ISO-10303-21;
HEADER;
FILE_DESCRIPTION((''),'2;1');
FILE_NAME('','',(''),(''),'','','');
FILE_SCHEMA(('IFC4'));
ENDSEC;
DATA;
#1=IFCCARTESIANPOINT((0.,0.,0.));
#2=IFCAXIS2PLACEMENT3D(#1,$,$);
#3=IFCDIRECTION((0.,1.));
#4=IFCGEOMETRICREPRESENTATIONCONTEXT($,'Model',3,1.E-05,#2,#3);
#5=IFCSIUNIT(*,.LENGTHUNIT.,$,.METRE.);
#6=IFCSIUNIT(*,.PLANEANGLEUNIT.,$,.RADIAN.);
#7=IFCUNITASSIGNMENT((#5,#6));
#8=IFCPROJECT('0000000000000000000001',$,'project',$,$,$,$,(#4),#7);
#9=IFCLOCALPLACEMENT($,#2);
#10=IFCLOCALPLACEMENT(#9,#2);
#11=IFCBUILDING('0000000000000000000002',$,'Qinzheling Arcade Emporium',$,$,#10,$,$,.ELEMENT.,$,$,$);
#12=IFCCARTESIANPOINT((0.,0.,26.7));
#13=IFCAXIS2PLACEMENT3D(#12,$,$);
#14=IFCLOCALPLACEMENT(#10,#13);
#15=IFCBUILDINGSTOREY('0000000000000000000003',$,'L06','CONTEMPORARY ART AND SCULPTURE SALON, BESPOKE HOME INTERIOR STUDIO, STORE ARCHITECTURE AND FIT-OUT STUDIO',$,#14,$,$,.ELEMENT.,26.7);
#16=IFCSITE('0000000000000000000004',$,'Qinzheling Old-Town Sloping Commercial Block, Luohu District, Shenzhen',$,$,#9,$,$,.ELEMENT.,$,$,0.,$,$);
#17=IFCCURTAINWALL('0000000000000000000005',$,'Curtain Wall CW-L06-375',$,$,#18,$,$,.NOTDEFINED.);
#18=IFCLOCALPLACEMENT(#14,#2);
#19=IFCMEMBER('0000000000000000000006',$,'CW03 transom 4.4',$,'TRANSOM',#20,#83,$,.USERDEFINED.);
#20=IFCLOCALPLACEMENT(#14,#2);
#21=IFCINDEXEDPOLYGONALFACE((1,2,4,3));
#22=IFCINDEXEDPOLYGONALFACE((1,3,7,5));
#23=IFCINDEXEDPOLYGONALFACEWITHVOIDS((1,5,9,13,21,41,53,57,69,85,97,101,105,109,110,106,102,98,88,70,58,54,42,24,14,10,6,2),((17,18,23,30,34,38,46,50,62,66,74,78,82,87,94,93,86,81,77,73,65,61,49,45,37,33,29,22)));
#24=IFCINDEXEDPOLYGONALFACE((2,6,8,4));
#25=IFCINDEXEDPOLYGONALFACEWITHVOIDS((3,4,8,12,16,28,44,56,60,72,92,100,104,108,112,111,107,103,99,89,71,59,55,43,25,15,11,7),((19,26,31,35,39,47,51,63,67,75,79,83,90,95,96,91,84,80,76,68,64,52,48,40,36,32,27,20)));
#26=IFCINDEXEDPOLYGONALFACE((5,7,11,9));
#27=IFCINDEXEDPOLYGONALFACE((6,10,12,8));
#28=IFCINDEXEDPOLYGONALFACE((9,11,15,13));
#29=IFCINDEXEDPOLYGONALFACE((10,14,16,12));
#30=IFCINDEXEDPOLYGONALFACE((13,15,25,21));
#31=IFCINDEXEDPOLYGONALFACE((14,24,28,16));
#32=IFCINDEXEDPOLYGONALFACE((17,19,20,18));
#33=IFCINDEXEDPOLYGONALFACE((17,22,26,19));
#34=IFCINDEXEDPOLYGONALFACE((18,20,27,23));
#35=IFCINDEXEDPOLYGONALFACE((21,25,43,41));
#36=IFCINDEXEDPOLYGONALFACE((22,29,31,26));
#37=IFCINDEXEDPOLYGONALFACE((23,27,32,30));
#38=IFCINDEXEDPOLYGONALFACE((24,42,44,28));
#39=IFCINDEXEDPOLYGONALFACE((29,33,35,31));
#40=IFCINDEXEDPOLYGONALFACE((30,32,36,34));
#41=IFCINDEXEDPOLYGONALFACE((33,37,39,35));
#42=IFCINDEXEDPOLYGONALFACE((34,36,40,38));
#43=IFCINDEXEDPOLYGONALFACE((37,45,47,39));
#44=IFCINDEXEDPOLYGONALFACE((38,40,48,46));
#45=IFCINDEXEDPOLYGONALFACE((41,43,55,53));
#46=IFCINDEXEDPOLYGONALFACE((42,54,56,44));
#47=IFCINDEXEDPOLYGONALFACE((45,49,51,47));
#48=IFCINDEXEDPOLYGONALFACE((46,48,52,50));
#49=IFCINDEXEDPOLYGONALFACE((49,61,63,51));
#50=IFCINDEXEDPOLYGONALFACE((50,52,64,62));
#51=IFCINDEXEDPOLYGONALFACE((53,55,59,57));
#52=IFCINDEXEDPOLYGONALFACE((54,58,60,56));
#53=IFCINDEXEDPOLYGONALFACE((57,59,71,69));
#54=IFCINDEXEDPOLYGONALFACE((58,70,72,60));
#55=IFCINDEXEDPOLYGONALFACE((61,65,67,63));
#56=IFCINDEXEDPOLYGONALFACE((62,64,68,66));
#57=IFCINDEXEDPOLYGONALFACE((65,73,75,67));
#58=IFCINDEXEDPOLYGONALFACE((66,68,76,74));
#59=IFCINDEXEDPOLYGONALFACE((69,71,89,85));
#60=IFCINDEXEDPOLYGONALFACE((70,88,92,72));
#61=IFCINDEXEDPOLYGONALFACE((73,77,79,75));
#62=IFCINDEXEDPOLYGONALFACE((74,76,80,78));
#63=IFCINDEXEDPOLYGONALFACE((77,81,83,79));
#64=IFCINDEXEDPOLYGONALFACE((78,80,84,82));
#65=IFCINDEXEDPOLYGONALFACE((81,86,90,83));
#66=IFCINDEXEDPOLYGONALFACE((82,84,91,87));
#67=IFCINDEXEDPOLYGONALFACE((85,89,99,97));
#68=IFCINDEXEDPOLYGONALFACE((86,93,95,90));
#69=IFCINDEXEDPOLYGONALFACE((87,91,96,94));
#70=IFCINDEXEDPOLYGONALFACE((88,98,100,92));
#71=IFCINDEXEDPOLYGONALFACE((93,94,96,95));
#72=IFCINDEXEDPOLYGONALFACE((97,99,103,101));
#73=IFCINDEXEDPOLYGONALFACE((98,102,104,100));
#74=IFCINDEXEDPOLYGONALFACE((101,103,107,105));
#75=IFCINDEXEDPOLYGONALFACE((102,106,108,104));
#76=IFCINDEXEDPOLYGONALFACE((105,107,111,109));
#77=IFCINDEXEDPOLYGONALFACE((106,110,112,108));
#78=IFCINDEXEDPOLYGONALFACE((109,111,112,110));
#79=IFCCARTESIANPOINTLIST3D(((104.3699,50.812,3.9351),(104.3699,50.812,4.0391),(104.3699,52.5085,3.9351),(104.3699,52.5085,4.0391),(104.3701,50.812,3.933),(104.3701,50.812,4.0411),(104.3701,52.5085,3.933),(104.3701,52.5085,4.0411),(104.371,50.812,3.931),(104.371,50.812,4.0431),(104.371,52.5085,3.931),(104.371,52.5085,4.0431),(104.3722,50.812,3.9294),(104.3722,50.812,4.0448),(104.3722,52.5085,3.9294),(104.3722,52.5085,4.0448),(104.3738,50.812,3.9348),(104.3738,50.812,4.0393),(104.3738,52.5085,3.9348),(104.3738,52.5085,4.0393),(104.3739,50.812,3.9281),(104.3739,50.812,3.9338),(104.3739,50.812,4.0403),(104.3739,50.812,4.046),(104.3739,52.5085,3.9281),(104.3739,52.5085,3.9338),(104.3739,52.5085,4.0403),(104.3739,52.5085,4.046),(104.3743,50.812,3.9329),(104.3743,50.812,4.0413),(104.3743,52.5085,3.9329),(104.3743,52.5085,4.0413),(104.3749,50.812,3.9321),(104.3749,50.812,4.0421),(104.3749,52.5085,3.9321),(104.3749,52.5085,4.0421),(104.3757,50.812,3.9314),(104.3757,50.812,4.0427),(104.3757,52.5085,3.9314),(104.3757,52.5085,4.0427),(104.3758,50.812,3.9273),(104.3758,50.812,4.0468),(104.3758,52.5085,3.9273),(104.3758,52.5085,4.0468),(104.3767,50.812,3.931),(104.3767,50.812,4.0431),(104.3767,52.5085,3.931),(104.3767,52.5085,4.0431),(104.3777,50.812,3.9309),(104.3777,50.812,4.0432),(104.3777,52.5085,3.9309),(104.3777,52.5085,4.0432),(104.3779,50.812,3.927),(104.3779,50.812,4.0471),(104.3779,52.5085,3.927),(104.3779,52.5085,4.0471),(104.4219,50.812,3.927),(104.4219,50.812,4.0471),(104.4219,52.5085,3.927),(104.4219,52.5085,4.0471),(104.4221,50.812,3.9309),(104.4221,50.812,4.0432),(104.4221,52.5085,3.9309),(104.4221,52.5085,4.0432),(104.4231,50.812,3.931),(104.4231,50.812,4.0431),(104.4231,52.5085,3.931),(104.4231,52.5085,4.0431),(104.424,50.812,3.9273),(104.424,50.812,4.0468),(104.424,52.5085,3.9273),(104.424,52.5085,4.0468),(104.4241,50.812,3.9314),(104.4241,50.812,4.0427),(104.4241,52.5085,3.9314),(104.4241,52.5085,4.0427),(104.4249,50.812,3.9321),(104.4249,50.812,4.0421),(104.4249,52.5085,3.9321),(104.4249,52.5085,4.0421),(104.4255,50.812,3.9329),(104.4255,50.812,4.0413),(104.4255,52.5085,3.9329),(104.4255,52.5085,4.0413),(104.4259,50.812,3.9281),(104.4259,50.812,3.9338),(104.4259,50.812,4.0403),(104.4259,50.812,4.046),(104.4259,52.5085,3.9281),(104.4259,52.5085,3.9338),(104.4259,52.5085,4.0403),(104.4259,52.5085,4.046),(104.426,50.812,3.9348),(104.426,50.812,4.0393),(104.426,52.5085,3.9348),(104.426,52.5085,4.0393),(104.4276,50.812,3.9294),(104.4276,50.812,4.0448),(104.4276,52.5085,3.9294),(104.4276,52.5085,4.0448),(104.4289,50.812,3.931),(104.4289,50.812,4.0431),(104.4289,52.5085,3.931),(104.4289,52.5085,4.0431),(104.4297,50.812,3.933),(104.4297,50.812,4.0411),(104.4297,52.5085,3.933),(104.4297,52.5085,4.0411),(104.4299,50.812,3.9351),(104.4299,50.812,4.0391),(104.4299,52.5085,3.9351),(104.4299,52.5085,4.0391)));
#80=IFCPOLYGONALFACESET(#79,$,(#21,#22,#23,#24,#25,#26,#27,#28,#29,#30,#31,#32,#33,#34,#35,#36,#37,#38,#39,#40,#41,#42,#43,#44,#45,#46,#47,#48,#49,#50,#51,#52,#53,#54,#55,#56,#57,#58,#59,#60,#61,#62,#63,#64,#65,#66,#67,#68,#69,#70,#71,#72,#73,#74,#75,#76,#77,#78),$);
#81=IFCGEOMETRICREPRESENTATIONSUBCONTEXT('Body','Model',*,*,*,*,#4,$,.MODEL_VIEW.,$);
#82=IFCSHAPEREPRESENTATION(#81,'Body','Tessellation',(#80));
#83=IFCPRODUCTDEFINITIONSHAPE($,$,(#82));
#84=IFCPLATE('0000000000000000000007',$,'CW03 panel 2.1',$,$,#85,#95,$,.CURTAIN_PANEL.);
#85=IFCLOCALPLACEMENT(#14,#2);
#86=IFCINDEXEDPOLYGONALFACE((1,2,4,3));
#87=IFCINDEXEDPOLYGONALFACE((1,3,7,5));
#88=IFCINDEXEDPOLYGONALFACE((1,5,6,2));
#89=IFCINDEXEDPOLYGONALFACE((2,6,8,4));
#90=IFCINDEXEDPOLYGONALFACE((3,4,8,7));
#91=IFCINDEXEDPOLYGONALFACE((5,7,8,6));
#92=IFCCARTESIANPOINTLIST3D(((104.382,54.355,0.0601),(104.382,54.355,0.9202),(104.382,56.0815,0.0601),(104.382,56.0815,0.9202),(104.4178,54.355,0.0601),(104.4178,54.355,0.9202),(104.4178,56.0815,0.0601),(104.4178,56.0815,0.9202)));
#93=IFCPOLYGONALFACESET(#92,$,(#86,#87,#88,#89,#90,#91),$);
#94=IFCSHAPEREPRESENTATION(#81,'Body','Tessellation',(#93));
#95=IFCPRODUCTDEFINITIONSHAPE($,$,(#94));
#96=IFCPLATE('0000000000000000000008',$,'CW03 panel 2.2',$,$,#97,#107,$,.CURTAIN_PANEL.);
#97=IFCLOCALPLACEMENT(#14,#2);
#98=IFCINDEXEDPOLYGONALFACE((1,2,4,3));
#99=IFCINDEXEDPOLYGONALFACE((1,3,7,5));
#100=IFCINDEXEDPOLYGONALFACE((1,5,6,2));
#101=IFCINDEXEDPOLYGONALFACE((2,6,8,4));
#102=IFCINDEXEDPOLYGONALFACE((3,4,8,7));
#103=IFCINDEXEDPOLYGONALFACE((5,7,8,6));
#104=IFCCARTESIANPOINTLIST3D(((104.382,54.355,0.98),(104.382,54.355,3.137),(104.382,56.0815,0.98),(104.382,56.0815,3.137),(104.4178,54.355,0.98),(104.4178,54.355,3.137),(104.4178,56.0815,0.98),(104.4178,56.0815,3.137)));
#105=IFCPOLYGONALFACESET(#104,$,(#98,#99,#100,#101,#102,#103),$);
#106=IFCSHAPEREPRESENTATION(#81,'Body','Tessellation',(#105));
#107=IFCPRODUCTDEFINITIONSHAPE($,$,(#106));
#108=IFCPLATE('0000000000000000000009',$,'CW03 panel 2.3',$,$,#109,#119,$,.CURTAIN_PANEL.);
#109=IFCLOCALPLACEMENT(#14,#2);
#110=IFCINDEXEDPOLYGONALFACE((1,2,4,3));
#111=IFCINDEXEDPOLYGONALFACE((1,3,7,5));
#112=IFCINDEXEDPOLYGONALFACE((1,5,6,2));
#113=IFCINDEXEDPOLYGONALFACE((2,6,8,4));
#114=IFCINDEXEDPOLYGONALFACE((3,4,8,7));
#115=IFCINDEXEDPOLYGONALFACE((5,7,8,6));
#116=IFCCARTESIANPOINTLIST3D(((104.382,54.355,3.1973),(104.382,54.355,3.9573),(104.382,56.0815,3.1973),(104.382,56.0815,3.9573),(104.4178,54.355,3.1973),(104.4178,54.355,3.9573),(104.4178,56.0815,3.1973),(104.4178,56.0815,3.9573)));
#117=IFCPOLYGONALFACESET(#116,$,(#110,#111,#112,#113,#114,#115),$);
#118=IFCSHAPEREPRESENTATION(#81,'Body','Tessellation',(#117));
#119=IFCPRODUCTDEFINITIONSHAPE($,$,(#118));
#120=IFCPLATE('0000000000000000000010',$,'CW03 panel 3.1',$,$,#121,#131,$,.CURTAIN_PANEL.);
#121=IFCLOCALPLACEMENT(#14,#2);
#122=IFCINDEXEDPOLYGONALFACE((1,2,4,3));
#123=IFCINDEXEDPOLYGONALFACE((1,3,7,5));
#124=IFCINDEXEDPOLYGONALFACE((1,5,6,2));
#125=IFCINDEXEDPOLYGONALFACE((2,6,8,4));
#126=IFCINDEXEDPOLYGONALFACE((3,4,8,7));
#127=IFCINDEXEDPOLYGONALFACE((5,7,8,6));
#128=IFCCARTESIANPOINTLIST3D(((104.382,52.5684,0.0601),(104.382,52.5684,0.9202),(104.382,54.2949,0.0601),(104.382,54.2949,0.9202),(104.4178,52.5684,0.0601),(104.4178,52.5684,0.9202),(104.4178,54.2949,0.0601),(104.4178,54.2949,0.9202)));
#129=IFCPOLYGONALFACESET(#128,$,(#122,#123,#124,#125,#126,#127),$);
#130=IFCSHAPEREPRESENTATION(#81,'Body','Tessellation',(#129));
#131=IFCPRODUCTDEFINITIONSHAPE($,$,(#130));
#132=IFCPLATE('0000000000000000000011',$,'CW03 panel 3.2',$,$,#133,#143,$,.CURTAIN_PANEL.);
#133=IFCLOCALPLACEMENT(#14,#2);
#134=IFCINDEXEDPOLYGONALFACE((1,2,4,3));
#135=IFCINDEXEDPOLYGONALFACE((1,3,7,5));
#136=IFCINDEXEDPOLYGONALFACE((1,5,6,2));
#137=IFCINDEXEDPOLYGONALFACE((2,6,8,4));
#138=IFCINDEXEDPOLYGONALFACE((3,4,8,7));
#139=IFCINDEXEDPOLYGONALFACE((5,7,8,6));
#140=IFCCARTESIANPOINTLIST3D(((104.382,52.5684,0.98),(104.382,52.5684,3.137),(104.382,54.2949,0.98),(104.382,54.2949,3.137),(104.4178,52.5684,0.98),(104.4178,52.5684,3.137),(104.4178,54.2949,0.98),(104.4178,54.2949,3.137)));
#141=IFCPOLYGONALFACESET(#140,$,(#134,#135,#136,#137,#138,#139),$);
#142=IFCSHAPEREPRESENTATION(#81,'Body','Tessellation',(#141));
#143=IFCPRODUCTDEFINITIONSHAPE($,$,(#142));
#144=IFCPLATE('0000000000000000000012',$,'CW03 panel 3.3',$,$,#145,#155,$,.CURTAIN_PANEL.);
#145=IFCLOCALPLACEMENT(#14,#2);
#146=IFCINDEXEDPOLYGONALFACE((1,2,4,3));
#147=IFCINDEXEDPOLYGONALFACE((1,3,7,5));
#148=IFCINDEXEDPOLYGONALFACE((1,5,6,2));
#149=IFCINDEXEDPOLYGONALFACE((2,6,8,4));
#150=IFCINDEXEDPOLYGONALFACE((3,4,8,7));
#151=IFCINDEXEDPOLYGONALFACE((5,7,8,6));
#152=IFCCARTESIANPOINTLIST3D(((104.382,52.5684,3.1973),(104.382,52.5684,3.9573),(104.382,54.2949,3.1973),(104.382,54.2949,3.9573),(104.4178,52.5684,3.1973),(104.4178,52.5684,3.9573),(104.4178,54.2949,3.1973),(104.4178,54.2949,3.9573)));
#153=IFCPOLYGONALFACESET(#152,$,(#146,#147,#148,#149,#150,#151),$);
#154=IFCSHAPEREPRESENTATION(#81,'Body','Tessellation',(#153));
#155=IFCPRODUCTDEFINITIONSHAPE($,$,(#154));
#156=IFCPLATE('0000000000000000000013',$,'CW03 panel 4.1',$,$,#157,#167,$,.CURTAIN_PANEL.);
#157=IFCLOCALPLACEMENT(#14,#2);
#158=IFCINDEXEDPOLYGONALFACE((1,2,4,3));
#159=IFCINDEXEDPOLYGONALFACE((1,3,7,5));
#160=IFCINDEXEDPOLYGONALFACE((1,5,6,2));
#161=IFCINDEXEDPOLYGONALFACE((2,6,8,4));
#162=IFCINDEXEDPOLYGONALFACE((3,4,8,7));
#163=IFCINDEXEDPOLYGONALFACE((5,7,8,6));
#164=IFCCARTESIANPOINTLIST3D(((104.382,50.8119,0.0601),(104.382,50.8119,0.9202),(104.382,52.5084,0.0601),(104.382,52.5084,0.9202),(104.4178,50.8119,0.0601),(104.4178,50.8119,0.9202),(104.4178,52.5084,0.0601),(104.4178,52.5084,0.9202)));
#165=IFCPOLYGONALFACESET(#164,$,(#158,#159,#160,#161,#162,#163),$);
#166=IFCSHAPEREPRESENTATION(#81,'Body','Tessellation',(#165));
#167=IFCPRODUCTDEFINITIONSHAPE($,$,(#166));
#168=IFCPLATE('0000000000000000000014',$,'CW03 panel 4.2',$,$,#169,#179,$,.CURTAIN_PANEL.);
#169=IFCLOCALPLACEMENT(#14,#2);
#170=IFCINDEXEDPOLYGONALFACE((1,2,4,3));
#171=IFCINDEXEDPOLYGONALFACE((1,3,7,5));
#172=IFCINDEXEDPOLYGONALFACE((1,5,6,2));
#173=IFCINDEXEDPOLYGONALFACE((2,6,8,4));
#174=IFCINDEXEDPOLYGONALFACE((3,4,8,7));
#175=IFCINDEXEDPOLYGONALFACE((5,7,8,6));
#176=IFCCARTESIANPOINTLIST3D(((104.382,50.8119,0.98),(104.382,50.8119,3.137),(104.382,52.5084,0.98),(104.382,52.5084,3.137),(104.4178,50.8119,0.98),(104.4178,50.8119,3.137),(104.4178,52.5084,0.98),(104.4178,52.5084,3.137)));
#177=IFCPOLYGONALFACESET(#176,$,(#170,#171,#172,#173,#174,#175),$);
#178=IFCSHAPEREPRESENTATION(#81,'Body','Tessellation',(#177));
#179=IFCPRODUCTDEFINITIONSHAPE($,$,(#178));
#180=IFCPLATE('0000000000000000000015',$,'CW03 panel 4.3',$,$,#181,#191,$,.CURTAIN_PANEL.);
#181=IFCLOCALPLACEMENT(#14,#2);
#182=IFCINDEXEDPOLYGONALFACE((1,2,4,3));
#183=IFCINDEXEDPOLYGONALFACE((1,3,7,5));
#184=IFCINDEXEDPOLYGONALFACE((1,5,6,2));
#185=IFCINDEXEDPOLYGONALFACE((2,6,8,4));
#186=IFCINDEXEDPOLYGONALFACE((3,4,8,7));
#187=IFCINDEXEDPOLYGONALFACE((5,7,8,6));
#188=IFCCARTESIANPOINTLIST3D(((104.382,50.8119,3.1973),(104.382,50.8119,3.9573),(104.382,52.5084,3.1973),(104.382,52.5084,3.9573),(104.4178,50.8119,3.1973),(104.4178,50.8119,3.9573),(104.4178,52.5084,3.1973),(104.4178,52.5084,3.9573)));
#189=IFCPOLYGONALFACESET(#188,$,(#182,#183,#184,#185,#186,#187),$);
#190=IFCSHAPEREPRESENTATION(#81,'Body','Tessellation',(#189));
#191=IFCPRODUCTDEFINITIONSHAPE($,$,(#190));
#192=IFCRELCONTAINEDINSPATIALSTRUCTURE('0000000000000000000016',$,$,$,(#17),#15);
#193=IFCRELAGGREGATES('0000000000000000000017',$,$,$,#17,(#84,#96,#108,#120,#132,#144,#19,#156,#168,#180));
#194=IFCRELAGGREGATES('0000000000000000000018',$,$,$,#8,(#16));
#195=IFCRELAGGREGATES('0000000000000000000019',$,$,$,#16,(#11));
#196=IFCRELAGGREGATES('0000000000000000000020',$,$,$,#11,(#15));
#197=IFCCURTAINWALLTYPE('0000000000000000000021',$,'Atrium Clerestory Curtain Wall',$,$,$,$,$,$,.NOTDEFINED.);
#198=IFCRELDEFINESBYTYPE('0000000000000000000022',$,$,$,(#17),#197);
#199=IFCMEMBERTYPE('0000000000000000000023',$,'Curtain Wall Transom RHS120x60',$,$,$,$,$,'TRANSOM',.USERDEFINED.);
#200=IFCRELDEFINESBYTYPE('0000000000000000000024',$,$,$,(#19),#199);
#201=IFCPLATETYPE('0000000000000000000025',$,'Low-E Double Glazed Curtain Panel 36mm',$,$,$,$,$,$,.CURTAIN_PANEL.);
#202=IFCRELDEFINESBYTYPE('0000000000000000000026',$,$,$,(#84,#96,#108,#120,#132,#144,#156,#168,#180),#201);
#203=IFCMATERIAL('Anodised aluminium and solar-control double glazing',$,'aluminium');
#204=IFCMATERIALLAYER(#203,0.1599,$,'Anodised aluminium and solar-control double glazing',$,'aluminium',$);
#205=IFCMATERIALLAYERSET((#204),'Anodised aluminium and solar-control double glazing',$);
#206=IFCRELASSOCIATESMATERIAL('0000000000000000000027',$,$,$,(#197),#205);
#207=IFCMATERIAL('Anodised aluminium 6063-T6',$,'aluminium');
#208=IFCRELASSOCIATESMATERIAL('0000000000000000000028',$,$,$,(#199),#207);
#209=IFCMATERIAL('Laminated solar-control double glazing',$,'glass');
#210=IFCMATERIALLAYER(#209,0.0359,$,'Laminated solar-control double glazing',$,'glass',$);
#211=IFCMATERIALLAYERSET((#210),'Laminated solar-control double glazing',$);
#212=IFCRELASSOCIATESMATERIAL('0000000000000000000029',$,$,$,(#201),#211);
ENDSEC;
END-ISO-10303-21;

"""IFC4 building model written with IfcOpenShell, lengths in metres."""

from ifc_helpers import new_model, si_unit, direction, frame, origin, origin_2d, place, context, subcontext, project, spatial, rectangle, hollow_rectangle, extrude, material, layer, layer_set, material_profile, profile_set, type_object, element, aggregate, save


model = new_model("IFC4")

# Units and contexts
model_context = context("Model", 3, precision=1e-05, world=origin(), true_north=direction((0.0, 1.0)))
body_context = subcontext(model_context, "Body", "Model", "MODEL_VIEW")
ifc_project = project(units=[si_unit("LENGTHUNIT", "METRE"), si_unit("PLANEANGLEUNIT", "RADIAN")], contexts=[model_context])

# Site, building, storey
site_placement = place(None, origin())
site = spatial("IfcSite", under=ifc_project, at=site_placement, Name="Qinzheling Old-Town Sloping Commercial Block, Luohu District, Shenzhen", CompositionType="ELEMENT", RefElevation=0.0)
building_placement = place(site_placement, origin())
building = spatial("IfcBuilding", under=site, at=building_placement, Name="Qinzheling Arcade Emporium", CompositionType="ELEMENT")
storey_placement = place(building_placement, frame((0.0, 0.0, 26.7)))
storey = spatial("IfcBuildingStorey", under=building, at=storey_placement, Name="L06", Description="CONTEMPORARY ART AND SCULPTURE SALON, BESPOKE HOME INTERIOR STUDIO, STORE ARCHITECTURE AND FIT-OUT STUDIO", CompositionType="ELEMENT", Elevation=26.7)

# Curtain wall, member, plates
ifc_material_1 = material(Name="Anodised aluminium and solar-control double glazing", Category="aluminium")
ifc_layer_1 = layer(ifc_material_1, 0.1599, Name="Anodised aluminium and solar-control double glazing", Category="aluminium")
ifc_layer_set_1 = layer_set([ifc_layer_1], Name="Anodised aluminium and solar-control double glazing")
curtain_wall_type = type_object("IfcCurtainWallType", Name="Atrium Clerestory Curtain Wall", PredefinedType="NOTDEFINED", material=ifc_layer_set_1)
curtain_wall_placement = place(storey_placement, origin())
curtain_wall = element("IfcCurtainWall", 1, at=curtain_wall_placement, inside=storey, type_object=curtain_wall_type, Name="Curtain Wall CW-L06-375", PredefinedType="NOTDEFINED")
ifc_material_2 = material(Name="Anodised aluminium 6063-T6", Category="aluminium")
ifc_material_profile_1 = material_profile(ifc_material_2, hollow_rectangle(XDim=0.0601, YDim=0.1201, WallThickness=0.0039, InnerFilletRadius=0.0039, OuterFilletRadius=0.0081, at=origin_2d()), Name="RHS 120x60x4", Category="aluminium")
ifc_profile_set_1 = profile_set([ifc_material_profile_1], Name="Anodised aluminium 6063-T6")
member_type_1 = type_object("IfcMemberType", Name="Curtain Wall Transom RHS120x60", ElementType="TRANSOM", PredefinedType="USERDEFINED", material=ifc_profile_set_1)
member_1_placement = place(storey_placement, frame((104.3999, 52.5085, 3.9871), z_axis=(0.0, -1.0, 0.0), x_axis=(1.0, 0.0, 0.0)))
member_1 = element("IfcMember", 2, at=member_1_placement, type_object=member_type_1, Name="CW03 transom 4.4", ObjectType="TRANSOM", PredefinedType="USERDEFINED", context=body_context, shape_type="SweptSolid", body=[
    extrude(hollow_rectangle(XDim=0.0601, YDim=0.1201, WallThickness=0.0039, InnerFilletRadius=0.0039, OuterFilletRadius=0.0081, at=origin_2d()), origin(), (0.0, 0.0, 1.0), 1.6965),
])
ifc_material_3 = material(Name="Laminated solar-control double glazing", Category="glass")
ifc_layer_2 = layer(ifc_material_3, 0.0359, Name="Laminated solar-control double glazing", Category="glass")
ifc_layer_set_2 = layer_set([ifc_layer_2], Name="Laminated solar-control double glazing")
plate_type = type_object("IfcPlateType", Name="Low-E Double Glazed Curtain Panel 36mm", PredefinedType="CURTAIN_PANEL", material=ifc_layer_set_2)
plate_1_placement = place(storey_placement, frame((104.3999, 55.2183, 0.0601), z_axis=(0.0, 0.0, 1.0), x_axis=(0.0, -1.0, 0.0)))
plate_1 = element("IfcPlate", 3, at=plate_1_placement, type_object=plate_type, Name="CW03 panel 2.1", PredefinedType="CURTAIN_PANEL", context=body_context, shape_type="SweptSolid", body=[
    extrude(rectangle(XDim=1.7266, YDim=0.0359, at=origin_2d()), origin(), (0.0, 0.0, 1.0), 0.8601),
])
plate_2_placement = place(storey_placement, frame((104.3999, 55.2183, 0.98), z_axis=(0.0, 0.0, 1.0), x_axis=(0.0, -1.0, 0.0)))
plate_2 = element("IfcPlate", 4, at=plate_2_placement, type_object=plate_type, Name="CW03 panel 2.2", PredefinedType="CURTAIN_PANEL", context=body_context, shape_type="SweptSolid", body=[
    extrude(rectangle(XDim=1.7266, YDim=0.0359, at=origin_2d()), origin(), (0.0, 0.0, 1.0), 2.157),
])
plate_3_placement = place(storey_placement, frame((104.3999, 55.2183, 3.1973), z_axis=(0.0, 0.0, 1.0), x_axis=(0.0, -1.0, 0.0)))
plate_3 = element("IfcPlate", 5, at=plate_3_placement, type_object=plate_type, Name="CW03 panel 2.3", PredefinedType="CURTAIN_PANEL", context=body_context, shape_type="SweptSolid", body=[
    extrude(rectangle(XDim=1.7266, YDim=0.0359, at=origin_2d()), origin(), (0.0, 0.0, 1.0), 0.76),
])
plate_4_placement = place(storey_placement, frame((104.3999, 53.4316, 0.0601), z_axis=(0.0, 0.0, 1.0), x_axis=(0.0, -1.0, 0.0)))
plate_4 = element("IfcPlate", 6, at=plate_4_placement, type_object=plate_type, Name="CW03 panel 3.1", PredefinedType="CURTAIN_PANEL", context=body_context, shape_type="SweptSolid", body=[
    extrude(rectangle(XDim=1.7266, YDim=0.0359, at=origin_2d()), origin(), (0.0, 0.0, 1.0), 0.8601),
])
plate_5_placement = place(storey_placement, frame((104.3999, 53.4316, 0.98), z_axis=(0.0, 0.0, 1.0), x_axis=(0.0, -1.0, 0.0)))
plate_5 = element("IfcPlate", 7, at=plate_5_placement, type_object=plate_type, Name="CW03 panel 3.2", PredefinedType="CURTAIN_PANEL", context=body_context, shape_type="SweptSolid", body=[
    extrude(rectangle(XDim=1.7266, YDim=0.0359, at=origin_2d()), origin(), (0.0, 0.0, 1.0), 2.157),
])
plate_6_placement = place(storey_placement, frame((104.3999, 53.4316, 3.1973), z_axis=(0.0, 0.0, 1.0), x_axis=(0.0, -1.0, 0.0)))
plate_6 = element("IfcPlate", 8, at=plate_6_placement, type_object=plate_type, Name="CW03 panel 3.3", PredefinedType="CURTAIN_PANEL", context=body_context, shape_type="SweptSolid", body=[
    extrude(rectangle(XDim=1.7266, YDim=0.0359, at=origin_2d()), origin(), (0.0, 0.0, 1.0), 0.76),
])
plate_7_placement = place(storey_placement, frame((104.3999, 51.6602, 0.0601), z_axis=(0.0, 0.0, 1.0), x_axis=(0.0, -1.0, 0.0)))
plate_7 = element("IfcPlate", 9, at=plate_7_placement, type_object=plate_type, Name="CW03 panel 4.1", PredefinedType="CURTAIN_PANEL", context=body_context, shape_type="SweptSolid", body=[
    extrude(rectangle(XDim=1.6965, YDim=0.0359, at=origin_2d()), origin(), (0.0, 0.0, 1.0), 0.8601),
])
plate_8_placement = place(storey_placement, frame((104.3999, 51.6602, 0.98), z_axis=(0.0, 0.0, 1.0), x_axis=(0.0, -1.0, 0.0)))
plate_8 = element("IfcPlate", 10, at=plate_8_placement, type_object=plate_type, Name="CW03 panel 4.2", PredefinedType="CURTAIN_PANEL", context=body_context, shape_type="SweptSolid", body=[
    extrude(rectangle(XDim=1.6965, YDim=0.0359, at=origin_2d()), origin(), (0.0, 0.0, 1.0), 2.157),
])
plate_9_placement = place(storey_placement, frame((104.3999, 51.6602, 3.1973), z_axis=(0.0, 0.0, 1.0), x_axis=(0.0, -1.0, 0.0)))
plate_9 = element("IfcPlate", 11, at=plate_9_placement, type_object=plate_type, Name="CW03 panel 4.3", PredefinedType="CURTAIN_PANEL", context=body_context, shape_type="SweptSolid", body=[
    extrude(rectangle(XDim=1.6965, YDim=0.0359, at=origin_2d()), origin(), (0.0, 0.0, 1.0), 0.76),
])
aggregate(curtain_wall, [plate_1, plate_2, plate_3, plate_4, plate_5, plate_6, member_1, plate_7, plate_8, plate_9])

save(model, "model.ifc")
